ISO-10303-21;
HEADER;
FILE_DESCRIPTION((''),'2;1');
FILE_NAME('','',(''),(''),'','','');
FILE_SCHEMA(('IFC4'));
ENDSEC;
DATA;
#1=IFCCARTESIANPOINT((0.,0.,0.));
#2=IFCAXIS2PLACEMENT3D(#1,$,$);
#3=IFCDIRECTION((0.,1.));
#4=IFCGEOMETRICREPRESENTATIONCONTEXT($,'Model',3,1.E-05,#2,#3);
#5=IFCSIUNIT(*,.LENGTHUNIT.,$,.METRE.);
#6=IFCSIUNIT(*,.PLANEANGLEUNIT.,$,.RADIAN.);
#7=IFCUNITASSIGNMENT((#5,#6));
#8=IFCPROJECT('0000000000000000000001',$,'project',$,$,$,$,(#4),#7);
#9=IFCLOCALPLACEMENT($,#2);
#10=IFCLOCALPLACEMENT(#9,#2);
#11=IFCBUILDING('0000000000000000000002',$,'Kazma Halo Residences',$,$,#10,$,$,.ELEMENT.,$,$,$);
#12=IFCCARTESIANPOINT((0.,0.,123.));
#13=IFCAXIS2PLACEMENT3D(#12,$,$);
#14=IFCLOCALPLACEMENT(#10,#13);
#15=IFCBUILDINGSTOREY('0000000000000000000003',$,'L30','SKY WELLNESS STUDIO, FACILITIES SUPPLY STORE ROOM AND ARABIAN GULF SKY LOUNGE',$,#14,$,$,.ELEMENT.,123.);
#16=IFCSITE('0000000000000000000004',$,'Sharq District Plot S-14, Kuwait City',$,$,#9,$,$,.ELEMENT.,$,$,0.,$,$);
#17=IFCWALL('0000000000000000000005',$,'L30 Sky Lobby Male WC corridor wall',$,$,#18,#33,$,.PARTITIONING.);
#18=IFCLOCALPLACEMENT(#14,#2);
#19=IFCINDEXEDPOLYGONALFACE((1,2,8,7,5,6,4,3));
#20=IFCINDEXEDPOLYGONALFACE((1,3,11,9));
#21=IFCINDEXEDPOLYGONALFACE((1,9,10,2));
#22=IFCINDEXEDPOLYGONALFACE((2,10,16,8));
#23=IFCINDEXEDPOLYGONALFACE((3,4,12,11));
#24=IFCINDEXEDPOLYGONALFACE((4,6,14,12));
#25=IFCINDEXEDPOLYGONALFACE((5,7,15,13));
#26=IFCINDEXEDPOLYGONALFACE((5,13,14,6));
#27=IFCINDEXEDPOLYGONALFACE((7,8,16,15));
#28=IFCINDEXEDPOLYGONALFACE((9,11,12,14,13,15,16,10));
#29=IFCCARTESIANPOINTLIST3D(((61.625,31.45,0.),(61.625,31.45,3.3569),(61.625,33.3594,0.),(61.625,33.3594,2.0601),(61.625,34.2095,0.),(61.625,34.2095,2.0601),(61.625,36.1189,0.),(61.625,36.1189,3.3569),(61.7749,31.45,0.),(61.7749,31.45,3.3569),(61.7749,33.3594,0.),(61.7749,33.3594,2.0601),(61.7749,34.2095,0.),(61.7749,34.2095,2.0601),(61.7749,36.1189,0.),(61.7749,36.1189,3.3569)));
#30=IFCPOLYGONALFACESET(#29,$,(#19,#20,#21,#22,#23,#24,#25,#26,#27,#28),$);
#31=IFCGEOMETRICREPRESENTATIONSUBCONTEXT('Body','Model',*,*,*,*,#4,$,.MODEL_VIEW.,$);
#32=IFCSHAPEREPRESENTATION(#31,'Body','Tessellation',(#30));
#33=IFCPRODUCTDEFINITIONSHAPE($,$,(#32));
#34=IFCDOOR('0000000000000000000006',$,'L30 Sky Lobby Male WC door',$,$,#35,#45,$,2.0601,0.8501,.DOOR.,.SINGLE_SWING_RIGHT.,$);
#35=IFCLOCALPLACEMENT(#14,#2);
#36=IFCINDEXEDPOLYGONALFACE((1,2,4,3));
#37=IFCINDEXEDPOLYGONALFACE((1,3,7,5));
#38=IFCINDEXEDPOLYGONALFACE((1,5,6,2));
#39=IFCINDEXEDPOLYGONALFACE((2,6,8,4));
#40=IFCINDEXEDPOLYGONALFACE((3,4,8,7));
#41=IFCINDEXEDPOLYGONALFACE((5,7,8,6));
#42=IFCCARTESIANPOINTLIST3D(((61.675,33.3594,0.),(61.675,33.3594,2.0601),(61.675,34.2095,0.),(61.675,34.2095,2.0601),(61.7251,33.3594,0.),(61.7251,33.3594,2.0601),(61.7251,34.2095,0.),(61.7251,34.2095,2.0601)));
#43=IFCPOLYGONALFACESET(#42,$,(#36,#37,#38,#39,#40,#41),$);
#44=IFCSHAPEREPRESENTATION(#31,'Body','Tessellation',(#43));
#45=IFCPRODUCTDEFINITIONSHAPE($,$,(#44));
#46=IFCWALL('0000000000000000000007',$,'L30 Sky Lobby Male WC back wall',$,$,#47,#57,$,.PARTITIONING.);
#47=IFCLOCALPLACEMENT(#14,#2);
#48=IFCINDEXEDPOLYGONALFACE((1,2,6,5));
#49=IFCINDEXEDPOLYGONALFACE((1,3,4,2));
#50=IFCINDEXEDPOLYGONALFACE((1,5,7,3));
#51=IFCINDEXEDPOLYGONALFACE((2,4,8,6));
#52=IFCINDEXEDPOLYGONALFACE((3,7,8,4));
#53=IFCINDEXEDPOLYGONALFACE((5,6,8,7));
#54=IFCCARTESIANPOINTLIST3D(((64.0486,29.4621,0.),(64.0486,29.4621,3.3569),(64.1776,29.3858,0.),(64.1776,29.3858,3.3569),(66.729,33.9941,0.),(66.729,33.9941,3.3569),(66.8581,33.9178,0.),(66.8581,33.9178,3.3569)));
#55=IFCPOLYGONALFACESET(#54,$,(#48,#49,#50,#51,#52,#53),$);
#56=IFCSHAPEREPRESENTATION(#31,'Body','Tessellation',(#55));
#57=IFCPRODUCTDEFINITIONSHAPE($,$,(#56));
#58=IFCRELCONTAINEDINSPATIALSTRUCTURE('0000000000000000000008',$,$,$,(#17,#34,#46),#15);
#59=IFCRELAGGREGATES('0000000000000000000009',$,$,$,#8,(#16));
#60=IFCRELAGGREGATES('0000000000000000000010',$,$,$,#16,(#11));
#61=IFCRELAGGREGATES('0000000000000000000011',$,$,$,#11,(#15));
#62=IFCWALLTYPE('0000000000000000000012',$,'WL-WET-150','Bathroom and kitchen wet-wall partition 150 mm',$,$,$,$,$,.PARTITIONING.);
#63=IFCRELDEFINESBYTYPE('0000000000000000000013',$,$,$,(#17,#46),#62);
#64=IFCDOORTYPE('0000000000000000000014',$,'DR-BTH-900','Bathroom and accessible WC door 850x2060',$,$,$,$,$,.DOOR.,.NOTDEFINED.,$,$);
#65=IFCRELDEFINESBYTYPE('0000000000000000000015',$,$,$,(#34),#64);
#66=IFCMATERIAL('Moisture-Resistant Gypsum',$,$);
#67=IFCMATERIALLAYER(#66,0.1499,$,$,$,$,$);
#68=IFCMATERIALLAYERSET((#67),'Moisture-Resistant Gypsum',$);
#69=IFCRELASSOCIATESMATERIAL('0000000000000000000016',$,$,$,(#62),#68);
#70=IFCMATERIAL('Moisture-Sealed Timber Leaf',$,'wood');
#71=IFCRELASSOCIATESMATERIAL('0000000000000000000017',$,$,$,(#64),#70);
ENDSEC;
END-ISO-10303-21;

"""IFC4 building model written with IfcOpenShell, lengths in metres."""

from ifc_helpers import new_model, si_unit, direction, frame, frame_2d, origin, place, context, subcontext, project, spatial, rectangle, extrude, material, layer, layer_set, type_object, element, fill, save


model = new_model("IFC4")

# Units and contexts
model_context = context("Model", 3, precision=1e-05, world=origin(), true_north=direction((0.0, 1.0)))
body_context = subcontext(model_context, "Body", "Model", "MODEL_VIEW")
ifc_project = project(units=[si_unit("LENGTHUNIT", "METRE"), si_unit("PLANEANGLEUNIT", "RADIAN")], contexts=[model_context])

# Site, building, storey
site_placement = place(None, origin())
site = spatial("IfcSite", under=ifc_project, at=site_placement, Name="Sharq District Plot S-14, Kuwait City", CompositionType="ELEMENT", RefElevation=0.0)
building_placement = place(site_placement, origin())
building = spatial("IfcBuilding", under=site, at=building_placement, Name="Kazma Halo Residences", CompositionType="ELEMENT")
storey_placement = place(building_placement, frame((0.0, 0.0, 123.0)))
storey = spatial("IfcBuildingStorey", under=building, at=storey_placement, Name="L30", Description="SKY WELLNESS STUDIO, FACILITIES SUPPLY STORE ROOM AND ARABIAN GULF SKY LOUNGE", CompositionType="ELEMENT", Elevation=123.0)

# Shared definitions
ifc_material_1 = material(Name="Moisture-Resistant Gypsum")
ifc_layer_1 = layer(ifc_material_1, 0.1499)
ifc_layer_set_1 = layer_set([ifc_layer_1], Name="Moisture-Resistant Gypsum")
wall_type_1 = type_object("IfcWallType", Name="WL-WET-150", Description="Bathroom and kitchen wet-wall partition 150 mm", PredefinedType="PARTITIONING", material=ifc_layer_set_1)

# Wall, opening, door
wall_1_placement = place(storey_placement, frame((61.7, 31.45, 0.0), z_axis=(0.0, 0.0, 1.0), x_axis=(0.0, 1.0, 0.0)))
wall_1 = element("IfcWall", 1, at=wall_1_placement, inside=storey, type_object=wall_type_1, Name="L30 Sky Lobby Male WC corridor wall", PredefinedType="PARTITIONING", context=body_context, shape_type="SweptSolid", body=[
    extrude(rectangle(XDim=4.6689, YDim=0.1499, at=frame_2d((2.3345, 0.0))), origin(), (0.0, 0.0, 1.0), 3.3569),
])
opening_placement = place(wall_1_placement, frame((1.9094, 0.0, 0.0)))
opening = element("IfcOpeningElement", 2, at=opening_placement, cuts=wall_1, PredefinedType="OPENING", context=body_context, shape_type="SweptSolid", body=[
    extrude(rectangle(XDim=0.8501, YDim=2.0601, at=frame_2d((0.425, 1.03))), frame((0.0, 0.085, 0.0), z_axis=(0.0, -1.0, 0.0), x_axis=(1.0, 0.0, 0.0)), (0.0, 0.0, 1.0), 0.1699),
])
ifc_material_2 = material(Name="Moisture-Sealed Timber Leaf", Category="wood")
door_type = type_object("IfcDoorType", Name="DR-BTH-900", Description="Bathroom and accessible WC door 850x2060", OperationType="NOTDEFINED", PredefinedType="DOOR", material=ifc_material_2)
door_placement = place(opening_placement, origin())
door = element("IfcDoor", 3, at=door_placement, inside=storey, type_object=door_type, Name="L30 Sky Lobby Male WC door", OperationType="SINGLE_SWING_RIGHT", OverallHeight=2.0601, OverallWidth=0.8501, PredefinedType="DOOR", context=body_context, shape_type="SweptSolid", body=[
    extrude(rectangle(XDim=0.8501, YDim=2.0601, at=frame_2d((0.425, 1.03))), frame((0.0, 0.0249, 0.0), z_axis=(0.0, -1.0, 0.0), x_axis=(1.0, 0.0, 0.0)), (0.0, 0.0, 1.0), 0.05),
])
fill(opening, door)

# Wall
wall_2_placement = place(storey_placement, frame((64.113, 29.4238, 0.0), z_axis=(0.0, 0.0, 1.0), x_axis=(0.509071, 0.860724, 0.0)))
element("IfcWall", 4, at=wall_2_placement, inside=storey, type_object=wall_type_1, Name="L30 Sky Lobby Male WC back wall", PredefinedType="PARTITIONING", context=body_context, shape_type="SweptSolid", body=[
    extrude(rectangle(XDim=5.2654, YDim=0.1499, at=frame_2d((2.6328, 0.0))), origin(), (0.0, 0.0, 1.0), 3.3569),
])

save(model, "model.ifc")
